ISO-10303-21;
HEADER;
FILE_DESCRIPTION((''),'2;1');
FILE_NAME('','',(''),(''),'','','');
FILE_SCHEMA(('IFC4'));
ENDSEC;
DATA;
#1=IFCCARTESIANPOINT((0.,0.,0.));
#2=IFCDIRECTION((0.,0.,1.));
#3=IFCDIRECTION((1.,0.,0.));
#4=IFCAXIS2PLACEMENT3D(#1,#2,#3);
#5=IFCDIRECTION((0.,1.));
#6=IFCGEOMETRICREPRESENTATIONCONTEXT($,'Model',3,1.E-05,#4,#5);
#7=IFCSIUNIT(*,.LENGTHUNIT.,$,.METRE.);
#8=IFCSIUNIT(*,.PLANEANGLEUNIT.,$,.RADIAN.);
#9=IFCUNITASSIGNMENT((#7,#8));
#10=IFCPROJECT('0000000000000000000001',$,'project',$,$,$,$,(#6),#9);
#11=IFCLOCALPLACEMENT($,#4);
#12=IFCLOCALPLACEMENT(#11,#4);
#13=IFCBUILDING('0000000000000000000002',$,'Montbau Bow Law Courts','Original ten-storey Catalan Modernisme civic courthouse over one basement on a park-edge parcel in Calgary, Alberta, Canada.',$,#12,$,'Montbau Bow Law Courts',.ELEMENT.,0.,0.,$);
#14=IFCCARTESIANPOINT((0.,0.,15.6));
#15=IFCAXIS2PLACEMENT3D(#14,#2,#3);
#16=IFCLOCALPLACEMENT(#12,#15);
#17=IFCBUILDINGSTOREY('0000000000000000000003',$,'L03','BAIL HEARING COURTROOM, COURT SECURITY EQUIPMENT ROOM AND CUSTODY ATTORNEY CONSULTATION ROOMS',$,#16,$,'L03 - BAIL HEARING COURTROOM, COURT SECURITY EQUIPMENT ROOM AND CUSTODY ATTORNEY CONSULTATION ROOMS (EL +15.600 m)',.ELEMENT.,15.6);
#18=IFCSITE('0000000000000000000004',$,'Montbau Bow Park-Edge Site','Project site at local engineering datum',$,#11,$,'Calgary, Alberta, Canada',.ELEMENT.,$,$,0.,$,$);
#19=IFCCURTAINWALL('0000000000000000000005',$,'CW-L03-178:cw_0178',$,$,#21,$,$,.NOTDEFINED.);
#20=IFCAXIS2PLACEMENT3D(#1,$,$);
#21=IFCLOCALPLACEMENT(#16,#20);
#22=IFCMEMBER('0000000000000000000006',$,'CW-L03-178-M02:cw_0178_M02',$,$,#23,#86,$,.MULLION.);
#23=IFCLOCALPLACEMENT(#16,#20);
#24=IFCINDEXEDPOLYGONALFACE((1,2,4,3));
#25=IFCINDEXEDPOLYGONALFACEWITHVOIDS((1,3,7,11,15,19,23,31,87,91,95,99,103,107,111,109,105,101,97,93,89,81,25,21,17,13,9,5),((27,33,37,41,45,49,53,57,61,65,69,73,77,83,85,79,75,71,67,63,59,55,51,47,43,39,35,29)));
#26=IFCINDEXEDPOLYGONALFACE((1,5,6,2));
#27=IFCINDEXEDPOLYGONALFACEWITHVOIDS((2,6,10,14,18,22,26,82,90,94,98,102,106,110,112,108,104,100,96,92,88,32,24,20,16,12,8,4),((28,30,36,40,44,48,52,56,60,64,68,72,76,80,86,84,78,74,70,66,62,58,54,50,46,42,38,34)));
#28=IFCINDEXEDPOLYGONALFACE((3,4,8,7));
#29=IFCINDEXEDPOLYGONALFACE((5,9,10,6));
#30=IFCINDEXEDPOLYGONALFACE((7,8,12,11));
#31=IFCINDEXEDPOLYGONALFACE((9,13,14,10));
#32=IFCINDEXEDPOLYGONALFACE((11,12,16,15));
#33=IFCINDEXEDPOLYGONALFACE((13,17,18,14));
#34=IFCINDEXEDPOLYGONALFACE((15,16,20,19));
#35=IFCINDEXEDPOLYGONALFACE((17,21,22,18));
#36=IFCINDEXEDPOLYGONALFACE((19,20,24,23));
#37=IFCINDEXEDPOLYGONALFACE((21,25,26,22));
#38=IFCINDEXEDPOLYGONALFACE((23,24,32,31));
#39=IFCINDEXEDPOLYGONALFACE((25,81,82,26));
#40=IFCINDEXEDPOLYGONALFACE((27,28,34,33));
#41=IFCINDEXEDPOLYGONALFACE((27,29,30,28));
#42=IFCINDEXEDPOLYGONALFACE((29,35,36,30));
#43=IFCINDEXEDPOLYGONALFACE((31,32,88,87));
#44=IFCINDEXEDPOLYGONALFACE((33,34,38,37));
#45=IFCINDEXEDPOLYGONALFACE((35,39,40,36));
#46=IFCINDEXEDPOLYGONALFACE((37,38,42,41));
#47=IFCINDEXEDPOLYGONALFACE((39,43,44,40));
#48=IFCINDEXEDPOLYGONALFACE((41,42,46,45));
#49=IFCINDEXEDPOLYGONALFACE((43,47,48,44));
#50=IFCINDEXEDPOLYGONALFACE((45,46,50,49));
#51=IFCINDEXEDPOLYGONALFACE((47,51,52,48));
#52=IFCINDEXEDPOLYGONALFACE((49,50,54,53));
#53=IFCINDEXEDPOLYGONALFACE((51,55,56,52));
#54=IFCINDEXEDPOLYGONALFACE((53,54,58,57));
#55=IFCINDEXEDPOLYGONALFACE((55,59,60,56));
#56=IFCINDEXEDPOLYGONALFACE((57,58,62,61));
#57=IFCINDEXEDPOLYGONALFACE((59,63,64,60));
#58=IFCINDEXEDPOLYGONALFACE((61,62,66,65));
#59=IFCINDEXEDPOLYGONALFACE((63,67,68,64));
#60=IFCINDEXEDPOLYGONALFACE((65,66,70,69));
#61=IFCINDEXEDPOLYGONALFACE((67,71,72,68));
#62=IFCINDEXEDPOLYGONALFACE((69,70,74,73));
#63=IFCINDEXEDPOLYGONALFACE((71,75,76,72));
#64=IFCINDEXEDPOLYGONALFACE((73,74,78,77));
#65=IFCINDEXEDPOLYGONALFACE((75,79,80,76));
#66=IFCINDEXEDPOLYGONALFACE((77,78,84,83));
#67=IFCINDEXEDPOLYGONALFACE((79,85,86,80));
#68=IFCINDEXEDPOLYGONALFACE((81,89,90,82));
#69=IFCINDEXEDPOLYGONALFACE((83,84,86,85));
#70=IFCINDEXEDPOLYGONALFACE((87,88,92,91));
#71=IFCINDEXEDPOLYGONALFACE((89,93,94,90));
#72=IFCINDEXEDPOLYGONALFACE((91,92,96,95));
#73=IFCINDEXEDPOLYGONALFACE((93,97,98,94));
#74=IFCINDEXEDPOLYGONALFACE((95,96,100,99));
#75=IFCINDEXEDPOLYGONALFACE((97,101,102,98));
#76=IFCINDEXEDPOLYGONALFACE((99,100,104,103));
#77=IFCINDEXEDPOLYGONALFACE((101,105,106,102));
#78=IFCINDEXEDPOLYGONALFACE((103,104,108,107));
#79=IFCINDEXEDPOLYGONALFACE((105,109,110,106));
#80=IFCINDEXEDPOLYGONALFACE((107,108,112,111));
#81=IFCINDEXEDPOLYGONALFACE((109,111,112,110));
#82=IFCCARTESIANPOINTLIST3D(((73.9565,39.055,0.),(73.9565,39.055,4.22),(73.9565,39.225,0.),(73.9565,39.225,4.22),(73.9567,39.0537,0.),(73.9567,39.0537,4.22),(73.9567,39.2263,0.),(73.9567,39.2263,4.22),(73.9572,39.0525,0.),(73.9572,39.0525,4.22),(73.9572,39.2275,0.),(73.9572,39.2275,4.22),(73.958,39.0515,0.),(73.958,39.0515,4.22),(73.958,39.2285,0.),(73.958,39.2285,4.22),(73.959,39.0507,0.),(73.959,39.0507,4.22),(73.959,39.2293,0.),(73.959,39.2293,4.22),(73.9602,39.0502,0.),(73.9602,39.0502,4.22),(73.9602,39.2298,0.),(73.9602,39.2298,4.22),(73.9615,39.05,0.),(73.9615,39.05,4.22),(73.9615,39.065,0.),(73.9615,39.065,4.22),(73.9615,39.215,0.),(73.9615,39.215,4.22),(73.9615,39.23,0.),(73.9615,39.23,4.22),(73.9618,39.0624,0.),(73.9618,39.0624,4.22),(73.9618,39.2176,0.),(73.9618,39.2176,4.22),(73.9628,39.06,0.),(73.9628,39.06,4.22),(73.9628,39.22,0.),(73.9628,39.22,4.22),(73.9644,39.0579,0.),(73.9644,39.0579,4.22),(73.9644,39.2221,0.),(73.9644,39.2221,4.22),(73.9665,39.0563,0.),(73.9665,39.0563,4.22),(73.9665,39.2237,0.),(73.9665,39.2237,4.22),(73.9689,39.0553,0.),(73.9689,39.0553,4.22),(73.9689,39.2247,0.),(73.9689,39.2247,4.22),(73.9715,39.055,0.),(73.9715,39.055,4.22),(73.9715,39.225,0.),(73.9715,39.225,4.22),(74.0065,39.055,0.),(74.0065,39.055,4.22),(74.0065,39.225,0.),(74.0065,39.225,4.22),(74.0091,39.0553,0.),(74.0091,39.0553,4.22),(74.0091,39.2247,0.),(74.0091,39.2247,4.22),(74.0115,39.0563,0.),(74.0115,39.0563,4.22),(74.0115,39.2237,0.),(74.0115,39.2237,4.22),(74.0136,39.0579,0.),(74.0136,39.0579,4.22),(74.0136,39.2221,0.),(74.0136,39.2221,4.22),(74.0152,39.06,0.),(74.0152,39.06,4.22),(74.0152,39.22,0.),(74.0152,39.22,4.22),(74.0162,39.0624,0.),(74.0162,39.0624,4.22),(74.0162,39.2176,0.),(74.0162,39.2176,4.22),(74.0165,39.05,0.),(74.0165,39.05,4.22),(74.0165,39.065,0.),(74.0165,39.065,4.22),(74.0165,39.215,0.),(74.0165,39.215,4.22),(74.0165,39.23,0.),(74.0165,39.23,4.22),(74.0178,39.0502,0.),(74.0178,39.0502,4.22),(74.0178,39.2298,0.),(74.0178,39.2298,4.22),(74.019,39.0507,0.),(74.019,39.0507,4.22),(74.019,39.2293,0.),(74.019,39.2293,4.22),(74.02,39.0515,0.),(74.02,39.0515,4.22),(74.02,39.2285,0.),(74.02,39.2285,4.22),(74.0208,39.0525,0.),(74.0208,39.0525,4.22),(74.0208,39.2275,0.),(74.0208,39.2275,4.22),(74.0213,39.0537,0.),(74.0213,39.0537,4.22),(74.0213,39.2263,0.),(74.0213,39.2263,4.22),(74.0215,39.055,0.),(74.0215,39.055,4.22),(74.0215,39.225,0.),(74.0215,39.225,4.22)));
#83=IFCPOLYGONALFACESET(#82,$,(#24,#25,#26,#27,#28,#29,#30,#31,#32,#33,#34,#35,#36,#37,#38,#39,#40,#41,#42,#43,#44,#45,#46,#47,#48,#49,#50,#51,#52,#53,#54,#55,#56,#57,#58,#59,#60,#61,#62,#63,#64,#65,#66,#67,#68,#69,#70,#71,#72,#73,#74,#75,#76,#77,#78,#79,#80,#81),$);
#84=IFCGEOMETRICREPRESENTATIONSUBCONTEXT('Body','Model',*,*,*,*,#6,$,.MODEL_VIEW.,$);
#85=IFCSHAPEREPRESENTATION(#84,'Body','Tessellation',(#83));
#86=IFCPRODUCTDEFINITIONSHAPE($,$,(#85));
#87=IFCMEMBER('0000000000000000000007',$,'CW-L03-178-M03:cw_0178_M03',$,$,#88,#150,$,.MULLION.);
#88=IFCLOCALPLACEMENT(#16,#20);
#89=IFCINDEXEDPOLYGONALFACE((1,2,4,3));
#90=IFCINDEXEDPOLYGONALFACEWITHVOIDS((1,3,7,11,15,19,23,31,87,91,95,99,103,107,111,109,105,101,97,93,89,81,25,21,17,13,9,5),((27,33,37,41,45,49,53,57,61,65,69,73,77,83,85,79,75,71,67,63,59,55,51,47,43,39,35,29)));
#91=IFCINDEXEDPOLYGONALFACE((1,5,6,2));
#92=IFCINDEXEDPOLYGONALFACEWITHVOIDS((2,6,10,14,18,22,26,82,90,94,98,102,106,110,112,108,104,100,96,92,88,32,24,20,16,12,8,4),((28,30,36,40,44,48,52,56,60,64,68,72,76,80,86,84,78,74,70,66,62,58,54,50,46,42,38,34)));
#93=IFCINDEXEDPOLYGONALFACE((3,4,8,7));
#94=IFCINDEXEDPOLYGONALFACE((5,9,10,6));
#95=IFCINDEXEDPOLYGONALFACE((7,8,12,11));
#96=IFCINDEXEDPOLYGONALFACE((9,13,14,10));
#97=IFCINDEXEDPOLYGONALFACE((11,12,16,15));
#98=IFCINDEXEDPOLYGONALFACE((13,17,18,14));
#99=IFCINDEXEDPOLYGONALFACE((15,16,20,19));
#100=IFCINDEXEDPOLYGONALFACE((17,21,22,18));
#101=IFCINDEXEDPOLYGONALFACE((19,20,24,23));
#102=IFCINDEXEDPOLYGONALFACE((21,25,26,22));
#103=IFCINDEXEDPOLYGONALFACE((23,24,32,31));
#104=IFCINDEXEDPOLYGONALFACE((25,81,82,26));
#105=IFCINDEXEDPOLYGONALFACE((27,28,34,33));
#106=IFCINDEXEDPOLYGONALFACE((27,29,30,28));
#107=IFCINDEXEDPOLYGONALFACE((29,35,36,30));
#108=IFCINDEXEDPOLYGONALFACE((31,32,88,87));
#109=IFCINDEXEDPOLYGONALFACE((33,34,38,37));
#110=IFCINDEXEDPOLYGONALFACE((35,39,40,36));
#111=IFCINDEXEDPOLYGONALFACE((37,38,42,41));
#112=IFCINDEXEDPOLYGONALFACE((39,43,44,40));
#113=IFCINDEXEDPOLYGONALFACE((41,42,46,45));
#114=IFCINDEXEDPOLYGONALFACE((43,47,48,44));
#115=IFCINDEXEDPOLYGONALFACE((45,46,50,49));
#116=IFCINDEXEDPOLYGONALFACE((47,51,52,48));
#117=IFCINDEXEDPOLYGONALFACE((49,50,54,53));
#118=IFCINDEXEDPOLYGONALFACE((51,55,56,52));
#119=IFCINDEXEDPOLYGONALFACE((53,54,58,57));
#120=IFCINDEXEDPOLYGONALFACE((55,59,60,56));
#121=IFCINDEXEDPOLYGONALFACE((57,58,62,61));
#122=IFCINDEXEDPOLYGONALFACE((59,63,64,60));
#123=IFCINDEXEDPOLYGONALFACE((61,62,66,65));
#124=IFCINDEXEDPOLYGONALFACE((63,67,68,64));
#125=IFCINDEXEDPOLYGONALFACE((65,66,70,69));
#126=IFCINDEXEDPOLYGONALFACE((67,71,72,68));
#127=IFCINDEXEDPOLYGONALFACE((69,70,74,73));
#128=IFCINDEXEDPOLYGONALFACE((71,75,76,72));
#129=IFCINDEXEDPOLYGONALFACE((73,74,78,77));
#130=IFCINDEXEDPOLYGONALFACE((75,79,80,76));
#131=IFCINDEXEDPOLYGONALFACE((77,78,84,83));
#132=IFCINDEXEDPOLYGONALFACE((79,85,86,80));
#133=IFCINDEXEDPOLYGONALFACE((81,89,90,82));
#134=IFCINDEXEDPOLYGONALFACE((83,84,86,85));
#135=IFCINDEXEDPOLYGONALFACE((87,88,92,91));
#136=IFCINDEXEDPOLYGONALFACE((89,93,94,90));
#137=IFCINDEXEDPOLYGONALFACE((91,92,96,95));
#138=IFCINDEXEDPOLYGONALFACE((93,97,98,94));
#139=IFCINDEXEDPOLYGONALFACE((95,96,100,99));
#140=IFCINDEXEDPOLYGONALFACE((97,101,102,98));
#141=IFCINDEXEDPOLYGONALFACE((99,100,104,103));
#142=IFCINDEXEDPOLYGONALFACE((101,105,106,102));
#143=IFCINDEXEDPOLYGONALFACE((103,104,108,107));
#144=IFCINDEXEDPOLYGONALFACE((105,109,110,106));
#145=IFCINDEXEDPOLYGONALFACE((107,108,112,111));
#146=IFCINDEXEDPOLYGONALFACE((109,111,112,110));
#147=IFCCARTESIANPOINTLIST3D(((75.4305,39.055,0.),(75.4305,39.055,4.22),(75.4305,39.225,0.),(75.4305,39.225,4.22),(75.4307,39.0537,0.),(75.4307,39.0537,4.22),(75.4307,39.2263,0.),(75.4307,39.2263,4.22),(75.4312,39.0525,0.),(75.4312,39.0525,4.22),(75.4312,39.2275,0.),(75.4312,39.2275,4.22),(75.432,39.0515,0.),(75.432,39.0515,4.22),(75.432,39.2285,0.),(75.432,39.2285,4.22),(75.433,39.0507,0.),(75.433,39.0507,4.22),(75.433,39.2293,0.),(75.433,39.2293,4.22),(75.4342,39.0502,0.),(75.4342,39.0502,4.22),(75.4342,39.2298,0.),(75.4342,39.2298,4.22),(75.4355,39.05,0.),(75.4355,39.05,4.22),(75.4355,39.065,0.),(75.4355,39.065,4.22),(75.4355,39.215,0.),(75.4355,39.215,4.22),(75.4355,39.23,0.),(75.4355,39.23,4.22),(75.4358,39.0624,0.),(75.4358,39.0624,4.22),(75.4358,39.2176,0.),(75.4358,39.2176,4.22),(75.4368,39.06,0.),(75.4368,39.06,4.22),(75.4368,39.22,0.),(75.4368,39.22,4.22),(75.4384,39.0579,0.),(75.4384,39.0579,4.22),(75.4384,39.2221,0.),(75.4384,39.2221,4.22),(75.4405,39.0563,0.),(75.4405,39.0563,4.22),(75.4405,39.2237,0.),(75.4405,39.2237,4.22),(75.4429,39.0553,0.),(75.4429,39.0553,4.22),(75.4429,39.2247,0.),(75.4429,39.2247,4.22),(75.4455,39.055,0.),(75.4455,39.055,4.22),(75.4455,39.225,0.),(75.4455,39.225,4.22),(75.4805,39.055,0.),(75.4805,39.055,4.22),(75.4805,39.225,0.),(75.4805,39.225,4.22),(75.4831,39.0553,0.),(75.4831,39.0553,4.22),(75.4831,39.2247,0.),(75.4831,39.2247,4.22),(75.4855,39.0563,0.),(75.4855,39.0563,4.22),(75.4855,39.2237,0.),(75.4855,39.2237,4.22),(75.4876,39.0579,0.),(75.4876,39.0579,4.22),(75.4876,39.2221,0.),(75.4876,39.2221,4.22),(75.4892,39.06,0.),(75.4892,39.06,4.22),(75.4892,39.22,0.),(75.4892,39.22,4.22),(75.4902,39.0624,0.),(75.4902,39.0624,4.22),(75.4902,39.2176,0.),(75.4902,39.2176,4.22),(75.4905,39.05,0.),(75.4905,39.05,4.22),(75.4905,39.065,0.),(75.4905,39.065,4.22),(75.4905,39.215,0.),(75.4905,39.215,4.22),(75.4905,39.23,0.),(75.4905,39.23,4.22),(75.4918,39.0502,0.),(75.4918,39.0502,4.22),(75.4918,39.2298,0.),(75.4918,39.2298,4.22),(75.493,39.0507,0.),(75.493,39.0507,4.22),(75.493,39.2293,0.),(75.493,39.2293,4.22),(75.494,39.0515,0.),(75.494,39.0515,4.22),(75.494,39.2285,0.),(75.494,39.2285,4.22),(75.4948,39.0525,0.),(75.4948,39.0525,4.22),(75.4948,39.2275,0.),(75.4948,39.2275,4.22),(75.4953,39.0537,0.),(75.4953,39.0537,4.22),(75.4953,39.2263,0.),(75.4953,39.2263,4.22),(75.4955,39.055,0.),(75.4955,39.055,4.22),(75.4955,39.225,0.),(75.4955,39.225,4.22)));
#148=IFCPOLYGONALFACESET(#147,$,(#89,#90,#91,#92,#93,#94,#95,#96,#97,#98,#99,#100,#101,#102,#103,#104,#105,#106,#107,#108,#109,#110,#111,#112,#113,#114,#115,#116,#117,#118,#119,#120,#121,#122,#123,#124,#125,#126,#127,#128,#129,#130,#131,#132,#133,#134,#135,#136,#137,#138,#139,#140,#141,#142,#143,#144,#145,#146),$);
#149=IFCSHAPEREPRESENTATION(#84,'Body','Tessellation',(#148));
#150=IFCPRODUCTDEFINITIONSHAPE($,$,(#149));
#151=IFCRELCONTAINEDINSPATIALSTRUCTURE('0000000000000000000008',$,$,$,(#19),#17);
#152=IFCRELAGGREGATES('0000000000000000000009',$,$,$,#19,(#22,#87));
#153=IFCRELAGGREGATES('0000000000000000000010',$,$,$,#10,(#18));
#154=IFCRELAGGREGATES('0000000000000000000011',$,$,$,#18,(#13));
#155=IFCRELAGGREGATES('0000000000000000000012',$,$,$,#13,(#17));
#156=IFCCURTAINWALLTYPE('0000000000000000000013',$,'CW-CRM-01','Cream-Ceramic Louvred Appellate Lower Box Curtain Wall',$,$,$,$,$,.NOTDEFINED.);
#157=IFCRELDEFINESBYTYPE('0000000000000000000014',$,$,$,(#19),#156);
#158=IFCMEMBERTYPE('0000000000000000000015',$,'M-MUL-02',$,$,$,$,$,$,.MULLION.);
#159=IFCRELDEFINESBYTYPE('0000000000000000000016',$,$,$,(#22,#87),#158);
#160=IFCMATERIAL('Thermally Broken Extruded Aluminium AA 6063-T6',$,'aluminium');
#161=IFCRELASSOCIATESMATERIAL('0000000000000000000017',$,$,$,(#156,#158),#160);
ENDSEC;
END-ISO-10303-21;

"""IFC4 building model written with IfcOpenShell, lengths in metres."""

from ifc_helpers import new_model, si_unit, direction, frame, origin_with_axes, origin_2d_with_axis, place, context, subcontext, project, spatial, hollow_rectangle, extrude, material, material_profile, profile_set, type_object, element, aggregate, save


model = new_model("IFC4")

# Units and contexts
model_context = context("Model", 3, precision=1e-05, world=origin_with_axes(), true_north=direction((0.0, 1.0)))
body_context = subcontext(model_context, "Body", "Model", "MODEL_VIEW")
ifc_project = project(units=[si_unit("LENGTHUNIT", "METRE"), si_unit("PLANEANGLEUNIT", "RADIAN")], contexts=[model_context])

# Site, building, storey
site_placement = place(None, origin_with_axes())
site = spatial("IfcSite", under=ifc_project, at=site_placement, Name="Montbau Bow Park-Edge Site", Description="Project site at local engineering datum", LongName="Calgary, Alberta, Canada", CompositionType="ELEMENT", RefElevation=0.0)
building_placement = place(site_placement, origin_with_axes())
building = spatial("IfcBuilding", under=site, at=building_placement, Name="Montbau Bow Law Courts", Description="Original ten-storey Catalan Modernisme civic courthouse over one basement on a park-edge parcel in Calgary, Alberta, Canada.", LongName="Montbau Bow Law Courts", CompositionType="ELEMENT", ElevationOfRefHeight=0.0, ElevationOfTerrain=0.0)
storey_placement = place(building_placement, frame((0.0, 0.0, 15.6), z_axis=(0.0, 0.0, 1.0), x_axis=(1.0, 0.0, 0.0)))
storey = spatial("IfcBuildingStorey", under=building, at=storey_placement, Name="L03", Description="BAIL HEARING COURTROOM, COURT SECURITY EQUIPMENT ROOM AND CUSTODY ATTORNEY CONSULTATION ROOMS", LongName="L03 - BAIL HEARING COURTROOM, COURT SECURITY EQUIPMENT ROOM AND CUSTODY ATTORNEY CONSULTATION ROOMS (EL +15.600 m)", CompositionType="ELEMENT", Elevation=15.6)

# Shared definitions
ifc_material_1 = material(Name="Thermally Broken Extruded Aluminium AA 6063-T6", Category="aluminium")
curtain_wall_type = type_object("IfcCurtainWallType", Name="CW-CRM-01", Description="Cream-Ceramic Louvred Appellate Lower Box Curtain Wall", PredefinedType="NOTDEFINED", material=ifc_material_1)

# Curtain wall, members
curtain_wall_1_placement = place(None, frame((72.515, 39.14, 15.6), z_axis=(0.0, 0.0, 1.0), x_axis=(1.0, 0.0, 0.0)))
curtain_wall_1 = element("IfcCurtainWall", 1, at=curtain_wall_1_placement, inside=storey, type_object=curtain_wall_type, Name="CW-L03-178:cw_0178", PredefinedType="NOTDEFINED")
ifc_material_profile_1 = material_profile(ifc_material_1, hollow_rectangle(XDim=0.065, YDim=0.18, WallThickness=0.005, InnerFilletRadius=0.01, OuterFilletRadius=0.005, at=origin_2d_with_axis()), Name="CWM-180X65", Category="Main", Priority=0)
ifc_profile_set_1 = profile_set([ifc_material_profile_1], Name="Thermally Broken Extruded Aluminium AA 6063-T6")
member_type_1 = type_object("IfcMemberType", Name="M-MUL-02", PredefinedType="MULLION", material=ifc_profile_set_1)
member_1_placement = place(None, frame((73.989, 39.14, 15.6), z_axis=(0.0, 0.0, 1.0), x_axis=(1.0, 0.0, 0.0)))
member_1 = element("IfcMember", 2, at=member_1_placement, type_object=member_type_1, Name="CW-L03-178-M02:cw_0178_M02", PredefinedType="MULLION", context=body_context, shape_type="SweptSolid", body=[
    extrude(hollow_rectangle(XDim=0.065, YDim=0.18, WallThickness=0.005, InnerFilletRadius=0.01, OuterFilletRadius=0.005, at=origin_2d_with_axis()), origin_with_axes(), (0.0, 0.0, 1.0), 4.22),
])
member_2_placement = place(None, frame((75.463, 39.14, 15.6), z_axis=(0.0, 0.0, 1.0), x_axis=(1.0, 0.0, 0.0)))
member_2 = element("IfcMember", 3, at=member_2_placement, type_object=member_type_1, Name="CW-L03-178-M03:cw_0178_M03", PredefinedType="MULLION", context=body_context, shape_type="SweptSolid", body=[
    extrude(hollow_rectangle(XDim=0.065, YDim=0.18, WallThickness=0.005, InnerFilletRadius=0.01, OuterFilletRadius=0.005, at=origin_2d_with_axis()), origin_with_axes(), (0.0, 0.0, 1.0), 4.22),
])

aggregate(curtain_wall_1, [member_1, member_2])

save(model, "model.ifc")
